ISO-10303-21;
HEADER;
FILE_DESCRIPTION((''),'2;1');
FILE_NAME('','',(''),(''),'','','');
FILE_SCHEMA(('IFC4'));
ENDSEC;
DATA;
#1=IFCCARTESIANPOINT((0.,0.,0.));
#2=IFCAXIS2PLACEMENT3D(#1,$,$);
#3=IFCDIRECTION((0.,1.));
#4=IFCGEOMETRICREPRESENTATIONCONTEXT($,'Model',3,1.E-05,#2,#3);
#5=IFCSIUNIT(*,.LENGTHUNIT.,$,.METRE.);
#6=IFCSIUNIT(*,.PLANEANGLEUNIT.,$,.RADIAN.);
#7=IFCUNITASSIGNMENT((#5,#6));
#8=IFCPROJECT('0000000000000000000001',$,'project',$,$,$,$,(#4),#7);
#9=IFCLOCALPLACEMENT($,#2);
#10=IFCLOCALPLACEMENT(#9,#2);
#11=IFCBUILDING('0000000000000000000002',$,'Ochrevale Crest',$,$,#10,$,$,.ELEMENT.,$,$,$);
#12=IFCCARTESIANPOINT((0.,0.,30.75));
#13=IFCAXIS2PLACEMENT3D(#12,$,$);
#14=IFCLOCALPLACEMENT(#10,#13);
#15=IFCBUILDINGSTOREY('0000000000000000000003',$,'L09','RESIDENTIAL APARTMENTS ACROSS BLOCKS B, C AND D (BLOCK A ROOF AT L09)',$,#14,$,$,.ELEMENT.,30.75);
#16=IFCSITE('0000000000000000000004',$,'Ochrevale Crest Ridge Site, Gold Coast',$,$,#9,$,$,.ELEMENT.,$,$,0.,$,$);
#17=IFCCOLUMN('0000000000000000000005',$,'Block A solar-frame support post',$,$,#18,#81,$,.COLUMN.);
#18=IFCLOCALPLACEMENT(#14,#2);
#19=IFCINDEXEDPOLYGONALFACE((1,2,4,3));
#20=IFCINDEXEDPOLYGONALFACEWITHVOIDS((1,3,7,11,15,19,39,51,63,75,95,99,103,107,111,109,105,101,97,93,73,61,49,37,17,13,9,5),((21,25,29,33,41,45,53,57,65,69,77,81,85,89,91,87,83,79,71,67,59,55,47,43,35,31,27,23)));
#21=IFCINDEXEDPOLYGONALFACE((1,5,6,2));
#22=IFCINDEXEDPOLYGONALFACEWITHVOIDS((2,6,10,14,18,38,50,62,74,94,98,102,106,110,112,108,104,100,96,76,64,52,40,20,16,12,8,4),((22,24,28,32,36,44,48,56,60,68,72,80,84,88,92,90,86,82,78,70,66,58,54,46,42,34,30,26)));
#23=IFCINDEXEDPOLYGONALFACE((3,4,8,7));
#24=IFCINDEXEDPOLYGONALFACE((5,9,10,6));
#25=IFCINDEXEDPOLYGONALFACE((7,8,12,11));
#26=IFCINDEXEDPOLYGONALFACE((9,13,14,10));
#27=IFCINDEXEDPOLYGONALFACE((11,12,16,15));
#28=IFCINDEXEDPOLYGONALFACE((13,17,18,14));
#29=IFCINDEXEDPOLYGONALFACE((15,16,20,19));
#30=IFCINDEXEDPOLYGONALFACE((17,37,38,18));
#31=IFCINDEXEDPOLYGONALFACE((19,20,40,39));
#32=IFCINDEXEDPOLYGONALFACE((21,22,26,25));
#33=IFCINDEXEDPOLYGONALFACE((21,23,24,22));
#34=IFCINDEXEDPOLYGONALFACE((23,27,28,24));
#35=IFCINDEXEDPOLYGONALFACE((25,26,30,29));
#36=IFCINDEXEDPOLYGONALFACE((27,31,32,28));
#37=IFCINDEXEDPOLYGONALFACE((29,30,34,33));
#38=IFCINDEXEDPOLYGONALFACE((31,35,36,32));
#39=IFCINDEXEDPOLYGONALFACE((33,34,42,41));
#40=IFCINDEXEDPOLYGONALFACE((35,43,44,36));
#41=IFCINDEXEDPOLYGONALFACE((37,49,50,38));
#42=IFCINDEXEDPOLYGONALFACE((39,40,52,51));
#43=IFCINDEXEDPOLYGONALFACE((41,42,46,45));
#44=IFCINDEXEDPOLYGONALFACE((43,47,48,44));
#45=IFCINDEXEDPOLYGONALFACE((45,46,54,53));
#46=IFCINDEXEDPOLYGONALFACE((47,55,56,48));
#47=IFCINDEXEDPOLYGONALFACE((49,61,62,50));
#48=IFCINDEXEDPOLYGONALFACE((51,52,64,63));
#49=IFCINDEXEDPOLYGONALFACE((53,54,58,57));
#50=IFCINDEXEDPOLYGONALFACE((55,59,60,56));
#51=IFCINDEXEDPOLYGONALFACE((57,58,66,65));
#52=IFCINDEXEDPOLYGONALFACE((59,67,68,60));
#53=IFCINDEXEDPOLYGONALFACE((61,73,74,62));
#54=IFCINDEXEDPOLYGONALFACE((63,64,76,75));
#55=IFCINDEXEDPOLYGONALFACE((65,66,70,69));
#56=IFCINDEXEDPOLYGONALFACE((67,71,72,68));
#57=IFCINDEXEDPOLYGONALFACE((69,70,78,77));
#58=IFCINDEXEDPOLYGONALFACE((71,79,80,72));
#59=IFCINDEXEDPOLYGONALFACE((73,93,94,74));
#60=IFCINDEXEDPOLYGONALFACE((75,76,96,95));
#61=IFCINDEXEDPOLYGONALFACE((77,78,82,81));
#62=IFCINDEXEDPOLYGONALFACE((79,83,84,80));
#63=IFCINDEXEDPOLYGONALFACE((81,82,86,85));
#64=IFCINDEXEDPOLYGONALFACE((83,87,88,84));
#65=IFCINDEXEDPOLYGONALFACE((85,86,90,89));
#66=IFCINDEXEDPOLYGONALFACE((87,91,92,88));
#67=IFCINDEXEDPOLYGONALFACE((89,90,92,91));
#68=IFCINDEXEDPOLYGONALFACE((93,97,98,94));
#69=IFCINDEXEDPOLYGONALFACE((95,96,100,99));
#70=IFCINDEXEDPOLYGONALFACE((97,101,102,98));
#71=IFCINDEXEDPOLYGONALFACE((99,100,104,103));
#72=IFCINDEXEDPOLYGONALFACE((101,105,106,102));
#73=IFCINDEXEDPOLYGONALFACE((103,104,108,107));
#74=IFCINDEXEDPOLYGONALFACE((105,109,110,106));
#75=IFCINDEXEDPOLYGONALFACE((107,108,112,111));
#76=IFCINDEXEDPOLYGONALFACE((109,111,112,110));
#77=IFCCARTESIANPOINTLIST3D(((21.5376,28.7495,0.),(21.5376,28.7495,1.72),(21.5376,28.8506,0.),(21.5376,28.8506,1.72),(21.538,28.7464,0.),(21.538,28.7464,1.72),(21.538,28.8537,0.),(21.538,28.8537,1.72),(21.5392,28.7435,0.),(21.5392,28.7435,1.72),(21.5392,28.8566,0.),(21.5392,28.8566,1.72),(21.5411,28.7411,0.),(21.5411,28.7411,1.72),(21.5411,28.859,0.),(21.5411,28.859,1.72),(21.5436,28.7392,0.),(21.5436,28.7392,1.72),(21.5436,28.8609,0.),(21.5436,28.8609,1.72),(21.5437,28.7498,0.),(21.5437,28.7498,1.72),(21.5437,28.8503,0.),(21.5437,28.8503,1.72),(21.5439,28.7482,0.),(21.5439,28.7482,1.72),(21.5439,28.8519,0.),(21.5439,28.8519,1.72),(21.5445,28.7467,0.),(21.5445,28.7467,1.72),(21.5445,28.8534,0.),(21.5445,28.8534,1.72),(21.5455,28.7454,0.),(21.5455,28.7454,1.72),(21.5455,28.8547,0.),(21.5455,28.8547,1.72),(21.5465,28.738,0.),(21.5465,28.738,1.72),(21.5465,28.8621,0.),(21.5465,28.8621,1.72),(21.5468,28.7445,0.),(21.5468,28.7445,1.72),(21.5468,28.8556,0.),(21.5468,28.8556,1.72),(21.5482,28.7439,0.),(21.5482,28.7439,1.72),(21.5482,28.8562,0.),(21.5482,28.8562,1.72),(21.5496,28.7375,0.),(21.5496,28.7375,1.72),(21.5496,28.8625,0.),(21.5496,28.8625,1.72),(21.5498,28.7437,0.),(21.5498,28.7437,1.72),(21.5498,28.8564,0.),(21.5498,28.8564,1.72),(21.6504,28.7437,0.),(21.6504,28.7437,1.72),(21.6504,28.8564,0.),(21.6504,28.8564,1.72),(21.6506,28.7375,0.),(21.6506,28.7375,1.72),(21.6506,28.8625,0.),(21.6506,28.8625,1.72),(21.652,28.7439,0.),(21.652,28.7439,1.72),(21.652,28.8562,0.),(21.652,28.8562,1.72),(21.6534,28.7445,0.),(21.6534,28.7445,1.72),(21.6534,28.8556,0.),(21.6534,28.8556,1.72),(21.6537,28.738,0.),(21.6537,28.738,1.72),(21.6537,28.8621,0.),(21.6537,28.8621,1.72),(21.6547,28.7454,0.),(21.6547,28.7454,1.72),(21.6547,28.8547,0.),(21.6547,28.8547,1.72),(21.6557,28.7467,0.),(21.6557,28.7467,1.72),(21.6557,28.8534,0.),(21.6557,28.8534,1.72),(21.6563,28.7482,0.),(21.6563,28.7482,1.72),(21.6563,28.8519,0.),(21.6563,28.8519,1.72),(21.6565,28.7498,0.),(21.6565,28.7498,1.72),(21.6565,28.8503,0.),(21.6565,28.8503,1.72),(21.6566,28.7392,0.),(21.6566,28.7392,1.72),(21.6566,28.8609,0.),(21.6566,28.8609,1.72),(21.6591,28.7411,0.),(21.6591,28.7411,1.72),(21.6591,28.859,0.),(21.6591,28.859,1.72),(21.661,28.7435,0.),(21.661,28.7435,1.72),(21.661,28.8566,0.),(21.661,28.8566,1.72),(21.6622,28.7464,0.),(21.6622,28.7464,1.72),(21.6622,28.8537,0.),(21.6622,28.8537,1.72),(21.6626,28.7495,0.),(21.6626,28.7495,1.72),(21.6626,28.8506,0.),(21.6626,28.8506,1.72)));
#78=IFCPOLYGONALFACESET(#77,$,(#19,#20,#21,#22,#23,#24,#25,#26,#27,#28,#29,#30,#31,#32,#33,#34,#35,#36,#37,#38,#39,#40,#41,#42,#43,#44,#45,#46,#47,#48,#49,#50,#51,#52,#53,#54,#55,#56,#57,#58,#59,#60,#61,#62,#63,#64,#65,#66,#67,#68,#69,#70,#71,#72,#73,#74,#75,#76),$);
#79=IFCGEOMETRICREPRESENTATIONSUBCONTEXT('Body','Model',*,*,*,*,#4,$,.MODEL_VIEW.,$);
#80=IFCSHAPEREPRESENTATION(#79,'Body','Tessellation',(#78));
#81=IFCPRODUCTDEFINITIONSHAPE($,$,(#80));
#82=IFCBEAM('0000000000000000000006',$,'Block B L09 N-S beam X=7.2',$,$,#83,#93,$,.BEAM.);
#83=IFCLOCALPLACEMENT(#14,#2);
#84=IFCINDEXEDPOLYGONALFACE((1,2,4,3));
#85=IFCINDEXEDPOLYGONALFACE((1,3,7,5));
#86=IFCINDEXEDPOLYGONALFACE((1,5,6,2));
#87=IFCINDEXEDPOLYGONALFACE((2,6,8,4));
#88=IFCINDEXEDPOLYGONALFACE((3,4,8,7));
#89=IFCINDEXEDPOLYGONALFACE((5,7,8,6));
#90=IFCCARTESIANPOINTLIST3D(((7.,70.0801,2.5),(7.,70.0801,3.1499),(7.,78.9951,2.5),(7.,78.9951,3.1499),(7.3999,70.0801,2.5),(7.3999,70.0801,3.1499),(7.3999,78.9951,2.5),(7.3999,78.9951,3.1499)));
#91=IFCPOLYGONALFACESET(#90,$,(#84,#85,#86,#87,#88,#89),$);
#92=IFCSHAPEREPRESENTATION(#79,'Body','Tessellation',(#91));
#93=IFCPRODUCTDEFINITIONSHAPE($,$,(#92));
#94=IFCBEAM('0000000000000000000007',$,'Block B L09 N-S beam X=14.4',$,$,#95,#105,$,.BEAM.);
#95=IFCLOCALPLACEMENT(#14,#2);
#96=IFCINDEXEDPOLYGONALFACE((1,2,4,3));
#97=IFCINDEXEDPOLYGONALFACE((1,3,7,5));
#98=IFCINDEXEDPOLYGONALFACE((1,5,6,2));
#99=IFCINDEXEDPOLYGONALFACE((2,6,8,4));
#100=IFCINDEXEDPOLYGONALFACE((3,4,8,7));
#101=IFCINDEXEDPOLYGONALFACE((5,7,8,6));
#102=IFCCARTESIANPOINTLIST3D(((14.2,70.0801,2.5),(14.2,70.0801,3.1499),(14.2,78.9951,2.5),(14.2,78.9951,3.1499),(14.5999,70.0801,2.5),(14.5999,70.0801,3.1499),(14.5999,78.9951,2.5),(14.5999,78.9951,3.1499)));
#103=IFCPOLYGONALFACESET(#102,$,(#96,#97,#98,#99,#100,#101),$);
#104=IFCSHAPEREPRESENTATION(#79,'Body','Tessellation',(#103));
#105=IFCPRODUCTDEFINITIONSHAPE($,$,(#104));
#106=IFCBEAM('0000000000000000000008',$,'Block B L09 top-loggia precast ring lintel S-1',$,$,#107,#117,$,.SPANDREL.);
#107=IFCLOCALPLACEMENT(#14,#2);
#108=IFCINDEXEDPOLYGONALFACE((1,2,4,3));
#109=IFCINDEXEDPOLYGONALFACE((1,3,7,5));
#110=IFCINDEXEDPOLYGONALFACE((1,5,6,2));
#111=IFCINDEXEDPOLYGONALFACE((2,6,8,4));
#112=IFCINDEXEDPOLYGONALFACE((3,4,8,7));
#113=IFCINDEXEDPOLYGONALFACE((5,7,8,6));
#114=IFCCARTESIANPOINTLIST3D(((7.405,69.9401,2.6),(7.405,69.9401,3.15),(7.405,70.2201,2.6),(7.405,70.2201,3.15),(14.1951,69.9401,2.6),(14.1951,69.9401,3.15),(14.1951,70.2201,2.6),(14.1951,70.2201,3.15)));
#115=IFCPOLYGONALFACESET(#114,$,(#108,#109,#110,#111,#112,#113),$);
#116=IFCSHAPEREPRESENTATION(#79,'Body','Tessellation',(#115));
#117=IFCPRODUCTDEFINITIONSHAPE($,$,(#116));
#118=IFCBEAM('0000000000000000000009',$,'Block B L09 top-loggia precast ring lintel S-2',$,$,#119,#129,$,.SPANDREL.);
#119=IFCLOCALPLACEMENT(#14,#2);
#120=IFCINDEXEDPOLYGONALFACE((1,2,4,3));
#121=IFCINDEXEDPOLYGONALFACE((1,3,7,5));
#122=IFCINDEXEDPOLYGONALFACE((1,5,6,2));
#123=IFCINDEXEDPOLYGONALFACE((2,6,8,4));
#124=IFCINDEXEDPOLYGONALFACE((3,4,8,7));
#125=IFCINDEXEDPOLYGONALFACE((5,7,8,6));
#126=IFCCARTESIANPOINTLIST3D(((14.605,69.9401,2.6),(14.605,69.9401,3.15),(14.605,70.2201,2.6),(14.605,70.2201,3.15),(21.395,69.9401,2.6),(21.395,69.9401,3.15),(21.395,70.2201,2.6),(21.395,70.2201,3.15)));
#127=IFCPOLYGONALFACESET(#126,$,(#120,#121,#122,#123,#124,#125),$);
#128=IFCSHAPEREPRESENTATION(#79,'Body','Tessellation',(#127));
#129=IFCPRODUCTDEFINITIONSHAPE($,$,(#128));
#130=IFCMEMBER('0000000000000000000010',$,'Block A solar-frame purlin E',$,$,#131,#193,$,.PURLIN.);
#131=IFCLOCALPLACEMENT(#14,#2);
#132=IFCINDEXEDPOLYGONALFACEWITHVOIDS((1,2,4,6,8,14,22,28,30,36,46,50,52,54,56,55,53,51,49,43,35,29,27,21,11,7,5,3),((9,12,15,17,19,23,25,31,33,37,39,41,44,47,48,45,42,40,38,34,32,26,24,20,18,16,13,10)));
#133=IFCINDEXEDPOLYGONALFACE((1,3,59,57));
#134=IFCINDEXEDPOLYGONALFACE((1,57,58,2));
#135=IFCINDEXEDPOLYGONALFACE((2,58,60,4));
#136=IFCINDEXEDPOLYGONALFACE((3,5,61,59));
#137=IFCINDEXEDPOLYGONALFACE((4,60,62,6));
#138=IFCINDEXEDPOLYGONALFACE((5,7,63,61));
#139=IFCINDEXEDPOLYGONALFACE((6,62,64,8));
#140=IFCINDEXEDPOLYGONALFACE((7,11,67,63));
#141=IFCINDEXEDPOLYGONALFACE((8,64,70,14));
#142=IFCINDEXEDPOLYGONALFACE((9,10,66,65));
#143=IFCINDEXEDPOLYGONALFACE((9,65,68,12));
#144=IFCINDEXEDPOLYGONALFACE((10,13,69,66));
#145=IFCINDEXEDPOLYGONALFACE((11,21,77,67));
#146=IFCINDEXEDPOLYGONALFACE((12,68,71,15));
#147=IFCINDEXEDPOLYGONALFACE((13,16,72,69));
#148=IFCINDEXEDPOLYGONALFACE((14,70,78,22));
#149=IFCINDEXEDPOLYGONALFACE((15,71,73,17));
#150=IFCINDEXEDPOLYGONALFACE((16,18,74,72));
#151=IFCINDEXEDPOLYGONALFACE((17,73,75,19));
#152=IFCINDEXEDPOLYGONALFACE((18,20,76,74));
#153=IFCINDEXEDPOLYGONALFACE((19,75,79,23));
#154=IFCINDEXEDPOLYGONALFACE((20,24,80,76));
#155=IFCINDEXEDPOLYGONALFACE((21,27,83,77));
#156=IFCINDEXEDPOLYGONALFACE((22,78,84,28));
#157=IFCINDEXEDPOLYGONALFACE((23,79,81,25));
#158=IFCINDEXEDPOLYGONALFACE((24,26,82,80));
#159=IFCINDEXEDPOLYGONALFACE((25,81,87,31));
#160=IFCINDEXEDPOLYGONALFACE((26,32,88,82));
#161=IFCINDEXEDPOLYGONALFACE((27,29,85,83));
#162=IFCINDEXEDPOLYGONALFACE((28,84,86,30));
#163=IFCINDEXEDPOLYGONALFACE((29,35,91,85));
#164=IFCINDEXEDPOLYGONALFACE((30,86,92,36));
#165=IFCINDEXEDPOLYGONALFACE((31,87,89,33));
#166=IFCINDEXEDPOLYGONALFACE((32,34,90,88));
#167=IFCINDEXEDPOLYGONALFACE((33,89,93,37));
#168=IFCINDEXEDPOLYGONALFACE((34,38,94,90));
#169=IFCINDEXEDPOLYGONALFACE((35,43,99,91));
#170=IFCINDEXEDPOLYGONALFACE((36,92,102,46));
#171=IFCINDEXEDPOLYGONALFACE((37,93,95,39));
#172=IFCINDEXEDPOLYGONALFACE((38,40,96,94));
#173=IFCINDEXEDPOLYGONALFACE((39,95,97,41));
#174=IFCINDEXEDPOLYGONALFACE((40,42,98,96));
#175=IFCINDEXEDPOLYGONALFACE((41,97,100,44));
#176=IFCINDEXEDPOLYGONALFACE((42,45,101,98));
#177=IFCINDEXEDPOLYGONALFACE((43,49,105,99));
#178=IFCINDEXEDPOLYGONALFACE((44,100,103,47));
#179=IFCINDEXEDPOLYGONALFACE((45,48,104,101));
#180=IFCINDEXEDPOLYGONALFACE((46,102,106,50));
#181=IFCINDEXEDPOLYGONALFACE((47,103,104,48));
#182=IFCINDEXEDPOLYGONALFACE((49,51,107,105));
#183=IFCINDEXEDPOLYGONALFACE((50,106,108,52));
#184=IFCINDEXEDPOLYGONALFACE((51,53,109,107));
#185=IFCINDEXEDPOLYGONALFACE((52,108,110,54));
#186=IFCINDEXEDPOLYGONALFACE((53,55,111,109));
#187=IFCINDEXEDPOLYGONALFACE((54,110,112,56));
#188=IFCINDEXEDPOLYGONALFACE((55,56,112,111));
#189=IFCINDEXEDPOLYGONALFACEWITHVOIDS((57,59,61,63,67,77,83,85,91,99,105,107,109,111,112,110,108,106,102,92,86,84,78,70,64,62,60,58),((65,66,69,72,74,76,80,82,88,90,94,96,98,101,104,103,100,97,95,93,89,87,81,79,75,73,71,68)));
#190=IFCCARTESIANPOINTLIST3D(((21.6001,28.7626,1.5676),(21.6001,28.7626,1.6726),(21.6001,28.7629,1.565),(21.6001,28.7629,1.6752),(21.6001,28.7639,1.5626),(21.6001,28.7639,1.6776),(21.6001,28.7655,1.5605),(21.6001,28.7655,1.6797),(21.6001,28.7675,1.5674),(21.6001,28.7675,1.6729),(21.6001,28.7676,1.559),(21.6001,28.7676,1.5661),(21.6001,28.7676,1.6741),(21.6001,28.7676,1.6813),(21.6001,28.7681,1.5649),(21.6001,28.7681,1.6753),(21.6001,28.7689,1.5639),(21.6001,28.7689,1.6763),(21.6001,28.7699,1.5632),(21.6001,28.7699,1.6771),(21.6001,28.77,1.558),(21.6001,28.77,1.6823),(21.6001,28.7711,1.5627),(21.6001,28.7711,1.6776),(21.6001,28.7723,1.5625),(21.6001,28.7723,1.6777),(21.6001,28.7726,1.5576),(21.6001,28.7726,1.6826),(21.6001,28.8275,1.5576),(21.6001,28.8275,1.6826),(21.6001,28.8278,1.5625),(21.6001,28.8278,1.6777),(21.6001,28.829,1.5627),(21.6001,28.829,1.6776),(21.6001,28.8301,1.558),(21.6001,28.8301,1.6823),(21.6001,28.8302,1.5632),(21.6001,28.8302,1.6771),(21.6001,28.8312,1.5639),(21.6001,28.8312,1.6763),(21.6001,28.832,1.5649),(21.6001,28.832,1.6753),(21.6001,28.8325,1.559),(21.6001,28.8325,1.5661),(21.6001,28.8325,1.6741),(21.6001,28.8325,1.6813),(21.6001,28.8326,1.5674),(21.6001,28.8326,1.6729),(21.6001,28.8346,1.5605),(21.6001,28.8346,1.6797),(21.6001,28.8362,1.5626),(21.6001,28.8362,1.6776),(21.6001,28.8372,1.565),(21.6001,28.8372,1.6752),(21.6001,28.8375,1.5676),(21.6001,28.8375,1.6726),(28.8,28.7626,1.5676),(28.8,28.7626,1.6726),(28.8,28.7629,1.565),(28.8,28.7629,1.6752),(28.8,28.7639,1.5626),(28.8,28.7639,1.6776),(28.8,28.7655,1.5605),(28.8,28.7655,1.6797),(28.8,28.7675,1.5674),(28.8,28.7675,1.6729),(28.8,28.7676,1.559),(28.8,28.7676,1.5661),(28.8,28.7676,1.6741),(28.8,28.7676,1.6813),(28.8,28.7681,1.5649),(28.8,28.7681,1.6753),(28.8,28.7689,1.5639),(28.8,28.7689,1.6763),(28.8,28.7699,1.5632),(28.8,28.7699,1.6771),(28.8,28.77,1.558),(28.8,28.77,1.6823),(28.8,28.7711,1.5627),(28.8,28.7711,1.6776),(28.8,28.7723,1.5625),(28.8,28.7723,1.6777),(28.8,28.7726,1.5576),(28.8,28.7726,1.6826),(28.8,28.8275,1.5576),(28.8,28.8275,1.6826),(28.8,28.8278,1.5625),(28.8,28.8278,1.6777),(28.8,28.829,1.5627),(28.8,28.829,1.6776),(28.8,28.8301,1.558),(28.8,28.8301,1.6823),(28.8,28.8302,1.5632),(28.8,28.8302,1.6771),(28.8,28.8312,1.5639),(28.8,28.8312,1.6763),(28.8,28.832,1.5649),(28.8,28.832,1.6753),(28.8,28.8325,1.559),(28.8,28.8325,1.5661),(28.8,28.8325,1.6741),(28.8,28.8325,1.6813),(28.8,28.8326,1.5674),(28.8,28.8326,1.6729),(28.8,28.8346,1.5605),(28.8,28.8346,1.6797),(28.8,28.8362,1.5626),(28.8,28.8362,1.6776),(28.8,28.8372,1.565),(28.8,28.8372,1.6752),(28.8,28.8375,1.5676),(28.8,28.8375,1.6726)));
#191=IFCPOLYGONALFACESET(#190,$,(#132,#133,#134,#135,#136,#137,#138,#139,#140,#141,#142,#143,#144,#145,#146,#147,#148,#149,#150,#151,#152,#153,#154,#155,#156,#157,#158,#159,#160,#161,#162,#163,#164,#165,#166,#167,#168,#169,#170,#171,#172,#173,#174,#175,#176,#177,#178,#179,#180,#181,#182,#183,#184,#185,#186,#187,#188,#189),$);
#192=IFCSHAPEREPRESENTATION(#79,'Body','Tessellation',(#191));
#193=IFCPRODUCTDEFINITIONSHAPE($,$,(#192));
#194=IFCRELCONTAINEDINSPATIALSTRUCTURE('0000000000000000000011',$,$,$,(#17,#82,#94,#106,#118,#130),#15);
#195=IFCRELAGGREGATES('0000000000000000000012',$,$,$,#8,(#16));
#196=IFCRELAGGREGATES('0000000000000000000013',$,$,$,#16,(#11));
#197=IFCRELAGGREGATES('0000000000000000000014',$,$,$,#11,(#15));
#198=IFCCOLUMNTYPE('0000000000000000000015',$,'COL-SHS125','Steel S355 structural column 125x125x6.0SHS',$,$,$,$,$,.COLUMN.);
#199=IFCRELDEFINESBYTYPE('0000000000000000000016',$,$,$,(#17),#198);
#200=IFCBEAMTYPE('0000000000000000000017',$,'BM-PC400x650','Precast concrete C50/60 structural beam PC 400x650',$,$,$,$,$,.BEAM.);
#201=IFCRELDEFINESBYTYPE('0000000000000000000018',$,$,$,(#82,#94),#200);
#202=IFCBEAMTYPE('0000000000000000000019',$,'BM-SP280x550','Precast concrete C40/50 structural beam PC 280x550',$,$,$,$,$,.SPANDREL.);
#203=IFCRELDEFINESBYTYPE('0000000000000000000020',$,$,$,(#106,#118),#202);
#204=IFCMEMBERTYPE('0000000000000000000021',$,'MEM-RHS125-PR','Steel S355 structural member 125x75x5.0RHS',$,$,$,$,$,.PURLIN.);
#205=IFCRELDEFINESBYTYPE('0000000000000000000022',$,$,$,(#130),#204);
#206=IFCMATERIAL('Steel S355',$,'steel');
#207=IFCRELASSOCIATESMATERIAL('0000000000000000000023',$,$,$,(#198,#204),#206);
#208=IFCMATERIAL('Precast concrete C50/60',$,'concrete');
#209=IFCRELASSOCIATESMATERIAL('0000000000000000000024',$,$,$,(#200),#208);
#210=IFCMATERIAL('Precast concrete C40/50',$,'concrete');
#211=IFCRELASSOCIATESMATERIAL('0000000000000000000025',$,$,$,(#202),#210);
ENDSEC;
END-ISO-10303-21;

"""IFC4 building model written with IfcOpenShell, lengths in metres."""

from ifc_helpers import new_model, si_unit, direction, frame, origin, origin_2d, place, context, subcontext, project, spatial, rectangle, hollow_rectangle, extrude, material, material_profile, profile_set, type_object, element, save


model = new_model("IFC4")

# Units and contexts
model_context = context("Model", 3, precision=1e-05, world=origin(), true_north=direction((0.0, 1.0)))
body_context = subcontext(model_context, "Body", "Model", "MODEL_VIEW")
ifc_project = project(units=[si_unit("LENGTHUNIT", "METRE"), si_unit("PLANEANGLEUNIT", "RADIAN")], contexts=[model_context])

# Site, building, storey
site_placement = place(None, origin())
site = spatial("IfcSite", under=ifc_project, at=site_placement, Name="Ochrevale Crest Ridge Site, Gold Coast", CompositionType="ELEMENT", RefElevation=0.0)
building_placement = place(site_placement, origin())
building = spatial("IfcBuilding", under=site, at=building_placement, Name="Ochrevale Crest", CompositionType="ELEMENT")
storey_placement = place(building_placement, frame((0.0, 0.0, 30.75)))
storey = spatial("IfcBuildingStorey", under=building, at=storey_placement, Name="L09", Description="RESIDENTIAL APARTMENTS ACROSS BLOCKS B, C AND D (BLOCK A ROOF AT L09)", CompositionType="ELEMENT", Elevation=30.75)

# Column
ifc_material_1 = material(Name="Steel S355", Category="steel")
ifc_material_profile_1 = material_profile(ifc_material_1, hollow_rectangle(XDim=0.125, YDim=0.125, WallThickness=0.0061, InnerFilletRadius=0.0061, OuterFilletRadius=0.012, at=origin_2d()), Name="125x125x6.0SHS")
ifc_profile_set_1 = profile_set([ifc_material_profile_1], Name="Steel S355")
column_type = type_object("IfcColumnType", Name="COL-SHS125", Description="Steel S355 structural column 125x125x6.0SHS", PredefinedType="COLUMN", material=ifc_profile_set_1)
column_placement = place(storey_placement, frame((21.6001, 28.8, 0.0), z_axis=(0.0, 0.0, 1.0), x_axis=(1.0, 0.0, 0.0)))
element("IfcColumn", 1, at=column_placement, inside=storey, type_object=column_type, Name="Block A solar-frame support post", PredefinedType="COLUMN", context=body_context, shape_type="SweptSolid", body=[
    extrude(hollow_rectangle(XDim=0.125, YDim=0.125, WallThickness=0.0061, InnerFilletRadius=0.0061, OuterFilletRadius=0.012, at=origin_2d()), origin(), (0.0, 0.0, 1.0), 1.72),
])

# Beams
ifc_material_2 = material(Name="Precast concrete C50/60", Category="concrete")
ifc_material_profile_2 = material_profile(ifc_material_2, rectangle(XDim=0.3999, YDim=0.6499, at=origin_2d()), Name="PC 400x650")
ifc_profile_set_2 = profile_set([ifc_material_profile_2], Name="Precast concrete C50/60")
beam_type_1 = type_object("IfcBeamType", Name="BM-PC400x650", Description="Precast concrete C50/60 structural beam PC 400x650", PredefinedType="BEAM", material=ifc_profile_set_2)
for number, where, z_axis, x_axis, name in (
    (2, (7.2, 70.0801, 2.825), (0.0, 1.0, 0.0), (-1.0, 0.0, 0.0), "Block B L09 N-S beam X=7.2"),
    (3, (14.3999, 70.0801, 2.825), (0.0, 1.0, 0.0), (-1.0, 0.0, 0.0), "Block B L09 N-S beam X=14.4"),
):
    element("IfcBeam", number, at=place(storey_placement, frame(where, z_axis=z_axis, x_axis=x_axis)), inside=storey, type_object=beam_type_1, Name=name, PredefinedType="BEAM", context=body_context, shape_type="SweptSolid", body=[
        extrude(rectangle(XDim=0.3999, YDim=0.6499, at=origin_2d()), origin(), (0.0, 0.0, 1.0), 8.915),
    ])
ifc_material_3 = material(Name="Precast concrete C40/50", Category="concrete")
ifc_material_profile_3 = material_profile(ifc_material_3, rectangle(XDim=0.28, YDim=0.55, at=origin_2d()), Name="PC 280x550")
ifc_profile_set_3 = profile_set([ifc_material_profile_3], Name="Precast concrete C40/50")
beam_type_2 = type_object("IfcBeamType", Name="BM-SP280x550", Description="Precast concrete C40/50 structural beam PC 280x550", PredefinedType="SPANDREL", material=ifc_profile_set_3)
for number, where, z_axis, x_axis, name in (
    (4, (7.405, 70.0801, 2.875), (1.0, 0.0, 0.0), (0.0, 1.0, 0.0), "Block B L09 top-loggia precast ring lintel S-1"),
    (5, (14.605, 70.0801, 2.875), (1.0, 0.0, 0.0), (0.0, 1.0, 0.0), "Block B L09 top-loggia precast ring lintel S-2"),
):
    element("IfcBeam", number, at=place(storey_placement, frame(where, z_axis=z_axis, x_axis=x_axis)), inside=storey, type_object=beam_type_2, Name=name, PredefinedType="SPANDREL", context=body_context, shape_type="SweptSolid", body=[
        extrude(rectangle(XDim=0.28, YDim=0.55, at=origin_2d()), origin(), (0.0, 0.0, 1.0), 6.79),
    ])

# Member
ifc_material_profile_4 = material_profile(ifc_material_1, hollow_rectangle(XDim=0.075, YDim=0.125, WallThickness=0.0049, InnerFilletRadius=0.0049, OuterFilletRadius=0.01, at=origin_2d()), Name="125x75x5.0RHS")
ifc_profile_set_4 = profile_set([ifc_material_profile_4], Name="Steel S355")
member_type = type_object("IfcMemberType", Name="MEM-RHS125-PR", Description="Steel S355 structural member 125x75x5.0RHS", PredefinedType="PURLIN", material=ifc_profile_set_4)
member_placement = place(storey_placement, frame((21.6001, 28.8, 1.6201), z_axis=(1.0, 0.0, 0.0), x_axis=(0.0, 1.0, 0.0)))
element("IfcMember", 6, at=member_placement, inside=storey, type_object=member_type, Name="Block A solar-frame purlin E", PredefinedType="PURLIN", context=body_context, shape_type="SweptSolid", body=[
    extrude(hollow_rectangle(XDim=0.075, YDim=0.125, WallThickness=0.0049, InnerFilletRadius=0.0049, OuterFilletRadius=0.01, at=origin_2d()), origin(), (0.0, 0.0, 1.0), 7.2),
])

save(model, "model.ifc")
